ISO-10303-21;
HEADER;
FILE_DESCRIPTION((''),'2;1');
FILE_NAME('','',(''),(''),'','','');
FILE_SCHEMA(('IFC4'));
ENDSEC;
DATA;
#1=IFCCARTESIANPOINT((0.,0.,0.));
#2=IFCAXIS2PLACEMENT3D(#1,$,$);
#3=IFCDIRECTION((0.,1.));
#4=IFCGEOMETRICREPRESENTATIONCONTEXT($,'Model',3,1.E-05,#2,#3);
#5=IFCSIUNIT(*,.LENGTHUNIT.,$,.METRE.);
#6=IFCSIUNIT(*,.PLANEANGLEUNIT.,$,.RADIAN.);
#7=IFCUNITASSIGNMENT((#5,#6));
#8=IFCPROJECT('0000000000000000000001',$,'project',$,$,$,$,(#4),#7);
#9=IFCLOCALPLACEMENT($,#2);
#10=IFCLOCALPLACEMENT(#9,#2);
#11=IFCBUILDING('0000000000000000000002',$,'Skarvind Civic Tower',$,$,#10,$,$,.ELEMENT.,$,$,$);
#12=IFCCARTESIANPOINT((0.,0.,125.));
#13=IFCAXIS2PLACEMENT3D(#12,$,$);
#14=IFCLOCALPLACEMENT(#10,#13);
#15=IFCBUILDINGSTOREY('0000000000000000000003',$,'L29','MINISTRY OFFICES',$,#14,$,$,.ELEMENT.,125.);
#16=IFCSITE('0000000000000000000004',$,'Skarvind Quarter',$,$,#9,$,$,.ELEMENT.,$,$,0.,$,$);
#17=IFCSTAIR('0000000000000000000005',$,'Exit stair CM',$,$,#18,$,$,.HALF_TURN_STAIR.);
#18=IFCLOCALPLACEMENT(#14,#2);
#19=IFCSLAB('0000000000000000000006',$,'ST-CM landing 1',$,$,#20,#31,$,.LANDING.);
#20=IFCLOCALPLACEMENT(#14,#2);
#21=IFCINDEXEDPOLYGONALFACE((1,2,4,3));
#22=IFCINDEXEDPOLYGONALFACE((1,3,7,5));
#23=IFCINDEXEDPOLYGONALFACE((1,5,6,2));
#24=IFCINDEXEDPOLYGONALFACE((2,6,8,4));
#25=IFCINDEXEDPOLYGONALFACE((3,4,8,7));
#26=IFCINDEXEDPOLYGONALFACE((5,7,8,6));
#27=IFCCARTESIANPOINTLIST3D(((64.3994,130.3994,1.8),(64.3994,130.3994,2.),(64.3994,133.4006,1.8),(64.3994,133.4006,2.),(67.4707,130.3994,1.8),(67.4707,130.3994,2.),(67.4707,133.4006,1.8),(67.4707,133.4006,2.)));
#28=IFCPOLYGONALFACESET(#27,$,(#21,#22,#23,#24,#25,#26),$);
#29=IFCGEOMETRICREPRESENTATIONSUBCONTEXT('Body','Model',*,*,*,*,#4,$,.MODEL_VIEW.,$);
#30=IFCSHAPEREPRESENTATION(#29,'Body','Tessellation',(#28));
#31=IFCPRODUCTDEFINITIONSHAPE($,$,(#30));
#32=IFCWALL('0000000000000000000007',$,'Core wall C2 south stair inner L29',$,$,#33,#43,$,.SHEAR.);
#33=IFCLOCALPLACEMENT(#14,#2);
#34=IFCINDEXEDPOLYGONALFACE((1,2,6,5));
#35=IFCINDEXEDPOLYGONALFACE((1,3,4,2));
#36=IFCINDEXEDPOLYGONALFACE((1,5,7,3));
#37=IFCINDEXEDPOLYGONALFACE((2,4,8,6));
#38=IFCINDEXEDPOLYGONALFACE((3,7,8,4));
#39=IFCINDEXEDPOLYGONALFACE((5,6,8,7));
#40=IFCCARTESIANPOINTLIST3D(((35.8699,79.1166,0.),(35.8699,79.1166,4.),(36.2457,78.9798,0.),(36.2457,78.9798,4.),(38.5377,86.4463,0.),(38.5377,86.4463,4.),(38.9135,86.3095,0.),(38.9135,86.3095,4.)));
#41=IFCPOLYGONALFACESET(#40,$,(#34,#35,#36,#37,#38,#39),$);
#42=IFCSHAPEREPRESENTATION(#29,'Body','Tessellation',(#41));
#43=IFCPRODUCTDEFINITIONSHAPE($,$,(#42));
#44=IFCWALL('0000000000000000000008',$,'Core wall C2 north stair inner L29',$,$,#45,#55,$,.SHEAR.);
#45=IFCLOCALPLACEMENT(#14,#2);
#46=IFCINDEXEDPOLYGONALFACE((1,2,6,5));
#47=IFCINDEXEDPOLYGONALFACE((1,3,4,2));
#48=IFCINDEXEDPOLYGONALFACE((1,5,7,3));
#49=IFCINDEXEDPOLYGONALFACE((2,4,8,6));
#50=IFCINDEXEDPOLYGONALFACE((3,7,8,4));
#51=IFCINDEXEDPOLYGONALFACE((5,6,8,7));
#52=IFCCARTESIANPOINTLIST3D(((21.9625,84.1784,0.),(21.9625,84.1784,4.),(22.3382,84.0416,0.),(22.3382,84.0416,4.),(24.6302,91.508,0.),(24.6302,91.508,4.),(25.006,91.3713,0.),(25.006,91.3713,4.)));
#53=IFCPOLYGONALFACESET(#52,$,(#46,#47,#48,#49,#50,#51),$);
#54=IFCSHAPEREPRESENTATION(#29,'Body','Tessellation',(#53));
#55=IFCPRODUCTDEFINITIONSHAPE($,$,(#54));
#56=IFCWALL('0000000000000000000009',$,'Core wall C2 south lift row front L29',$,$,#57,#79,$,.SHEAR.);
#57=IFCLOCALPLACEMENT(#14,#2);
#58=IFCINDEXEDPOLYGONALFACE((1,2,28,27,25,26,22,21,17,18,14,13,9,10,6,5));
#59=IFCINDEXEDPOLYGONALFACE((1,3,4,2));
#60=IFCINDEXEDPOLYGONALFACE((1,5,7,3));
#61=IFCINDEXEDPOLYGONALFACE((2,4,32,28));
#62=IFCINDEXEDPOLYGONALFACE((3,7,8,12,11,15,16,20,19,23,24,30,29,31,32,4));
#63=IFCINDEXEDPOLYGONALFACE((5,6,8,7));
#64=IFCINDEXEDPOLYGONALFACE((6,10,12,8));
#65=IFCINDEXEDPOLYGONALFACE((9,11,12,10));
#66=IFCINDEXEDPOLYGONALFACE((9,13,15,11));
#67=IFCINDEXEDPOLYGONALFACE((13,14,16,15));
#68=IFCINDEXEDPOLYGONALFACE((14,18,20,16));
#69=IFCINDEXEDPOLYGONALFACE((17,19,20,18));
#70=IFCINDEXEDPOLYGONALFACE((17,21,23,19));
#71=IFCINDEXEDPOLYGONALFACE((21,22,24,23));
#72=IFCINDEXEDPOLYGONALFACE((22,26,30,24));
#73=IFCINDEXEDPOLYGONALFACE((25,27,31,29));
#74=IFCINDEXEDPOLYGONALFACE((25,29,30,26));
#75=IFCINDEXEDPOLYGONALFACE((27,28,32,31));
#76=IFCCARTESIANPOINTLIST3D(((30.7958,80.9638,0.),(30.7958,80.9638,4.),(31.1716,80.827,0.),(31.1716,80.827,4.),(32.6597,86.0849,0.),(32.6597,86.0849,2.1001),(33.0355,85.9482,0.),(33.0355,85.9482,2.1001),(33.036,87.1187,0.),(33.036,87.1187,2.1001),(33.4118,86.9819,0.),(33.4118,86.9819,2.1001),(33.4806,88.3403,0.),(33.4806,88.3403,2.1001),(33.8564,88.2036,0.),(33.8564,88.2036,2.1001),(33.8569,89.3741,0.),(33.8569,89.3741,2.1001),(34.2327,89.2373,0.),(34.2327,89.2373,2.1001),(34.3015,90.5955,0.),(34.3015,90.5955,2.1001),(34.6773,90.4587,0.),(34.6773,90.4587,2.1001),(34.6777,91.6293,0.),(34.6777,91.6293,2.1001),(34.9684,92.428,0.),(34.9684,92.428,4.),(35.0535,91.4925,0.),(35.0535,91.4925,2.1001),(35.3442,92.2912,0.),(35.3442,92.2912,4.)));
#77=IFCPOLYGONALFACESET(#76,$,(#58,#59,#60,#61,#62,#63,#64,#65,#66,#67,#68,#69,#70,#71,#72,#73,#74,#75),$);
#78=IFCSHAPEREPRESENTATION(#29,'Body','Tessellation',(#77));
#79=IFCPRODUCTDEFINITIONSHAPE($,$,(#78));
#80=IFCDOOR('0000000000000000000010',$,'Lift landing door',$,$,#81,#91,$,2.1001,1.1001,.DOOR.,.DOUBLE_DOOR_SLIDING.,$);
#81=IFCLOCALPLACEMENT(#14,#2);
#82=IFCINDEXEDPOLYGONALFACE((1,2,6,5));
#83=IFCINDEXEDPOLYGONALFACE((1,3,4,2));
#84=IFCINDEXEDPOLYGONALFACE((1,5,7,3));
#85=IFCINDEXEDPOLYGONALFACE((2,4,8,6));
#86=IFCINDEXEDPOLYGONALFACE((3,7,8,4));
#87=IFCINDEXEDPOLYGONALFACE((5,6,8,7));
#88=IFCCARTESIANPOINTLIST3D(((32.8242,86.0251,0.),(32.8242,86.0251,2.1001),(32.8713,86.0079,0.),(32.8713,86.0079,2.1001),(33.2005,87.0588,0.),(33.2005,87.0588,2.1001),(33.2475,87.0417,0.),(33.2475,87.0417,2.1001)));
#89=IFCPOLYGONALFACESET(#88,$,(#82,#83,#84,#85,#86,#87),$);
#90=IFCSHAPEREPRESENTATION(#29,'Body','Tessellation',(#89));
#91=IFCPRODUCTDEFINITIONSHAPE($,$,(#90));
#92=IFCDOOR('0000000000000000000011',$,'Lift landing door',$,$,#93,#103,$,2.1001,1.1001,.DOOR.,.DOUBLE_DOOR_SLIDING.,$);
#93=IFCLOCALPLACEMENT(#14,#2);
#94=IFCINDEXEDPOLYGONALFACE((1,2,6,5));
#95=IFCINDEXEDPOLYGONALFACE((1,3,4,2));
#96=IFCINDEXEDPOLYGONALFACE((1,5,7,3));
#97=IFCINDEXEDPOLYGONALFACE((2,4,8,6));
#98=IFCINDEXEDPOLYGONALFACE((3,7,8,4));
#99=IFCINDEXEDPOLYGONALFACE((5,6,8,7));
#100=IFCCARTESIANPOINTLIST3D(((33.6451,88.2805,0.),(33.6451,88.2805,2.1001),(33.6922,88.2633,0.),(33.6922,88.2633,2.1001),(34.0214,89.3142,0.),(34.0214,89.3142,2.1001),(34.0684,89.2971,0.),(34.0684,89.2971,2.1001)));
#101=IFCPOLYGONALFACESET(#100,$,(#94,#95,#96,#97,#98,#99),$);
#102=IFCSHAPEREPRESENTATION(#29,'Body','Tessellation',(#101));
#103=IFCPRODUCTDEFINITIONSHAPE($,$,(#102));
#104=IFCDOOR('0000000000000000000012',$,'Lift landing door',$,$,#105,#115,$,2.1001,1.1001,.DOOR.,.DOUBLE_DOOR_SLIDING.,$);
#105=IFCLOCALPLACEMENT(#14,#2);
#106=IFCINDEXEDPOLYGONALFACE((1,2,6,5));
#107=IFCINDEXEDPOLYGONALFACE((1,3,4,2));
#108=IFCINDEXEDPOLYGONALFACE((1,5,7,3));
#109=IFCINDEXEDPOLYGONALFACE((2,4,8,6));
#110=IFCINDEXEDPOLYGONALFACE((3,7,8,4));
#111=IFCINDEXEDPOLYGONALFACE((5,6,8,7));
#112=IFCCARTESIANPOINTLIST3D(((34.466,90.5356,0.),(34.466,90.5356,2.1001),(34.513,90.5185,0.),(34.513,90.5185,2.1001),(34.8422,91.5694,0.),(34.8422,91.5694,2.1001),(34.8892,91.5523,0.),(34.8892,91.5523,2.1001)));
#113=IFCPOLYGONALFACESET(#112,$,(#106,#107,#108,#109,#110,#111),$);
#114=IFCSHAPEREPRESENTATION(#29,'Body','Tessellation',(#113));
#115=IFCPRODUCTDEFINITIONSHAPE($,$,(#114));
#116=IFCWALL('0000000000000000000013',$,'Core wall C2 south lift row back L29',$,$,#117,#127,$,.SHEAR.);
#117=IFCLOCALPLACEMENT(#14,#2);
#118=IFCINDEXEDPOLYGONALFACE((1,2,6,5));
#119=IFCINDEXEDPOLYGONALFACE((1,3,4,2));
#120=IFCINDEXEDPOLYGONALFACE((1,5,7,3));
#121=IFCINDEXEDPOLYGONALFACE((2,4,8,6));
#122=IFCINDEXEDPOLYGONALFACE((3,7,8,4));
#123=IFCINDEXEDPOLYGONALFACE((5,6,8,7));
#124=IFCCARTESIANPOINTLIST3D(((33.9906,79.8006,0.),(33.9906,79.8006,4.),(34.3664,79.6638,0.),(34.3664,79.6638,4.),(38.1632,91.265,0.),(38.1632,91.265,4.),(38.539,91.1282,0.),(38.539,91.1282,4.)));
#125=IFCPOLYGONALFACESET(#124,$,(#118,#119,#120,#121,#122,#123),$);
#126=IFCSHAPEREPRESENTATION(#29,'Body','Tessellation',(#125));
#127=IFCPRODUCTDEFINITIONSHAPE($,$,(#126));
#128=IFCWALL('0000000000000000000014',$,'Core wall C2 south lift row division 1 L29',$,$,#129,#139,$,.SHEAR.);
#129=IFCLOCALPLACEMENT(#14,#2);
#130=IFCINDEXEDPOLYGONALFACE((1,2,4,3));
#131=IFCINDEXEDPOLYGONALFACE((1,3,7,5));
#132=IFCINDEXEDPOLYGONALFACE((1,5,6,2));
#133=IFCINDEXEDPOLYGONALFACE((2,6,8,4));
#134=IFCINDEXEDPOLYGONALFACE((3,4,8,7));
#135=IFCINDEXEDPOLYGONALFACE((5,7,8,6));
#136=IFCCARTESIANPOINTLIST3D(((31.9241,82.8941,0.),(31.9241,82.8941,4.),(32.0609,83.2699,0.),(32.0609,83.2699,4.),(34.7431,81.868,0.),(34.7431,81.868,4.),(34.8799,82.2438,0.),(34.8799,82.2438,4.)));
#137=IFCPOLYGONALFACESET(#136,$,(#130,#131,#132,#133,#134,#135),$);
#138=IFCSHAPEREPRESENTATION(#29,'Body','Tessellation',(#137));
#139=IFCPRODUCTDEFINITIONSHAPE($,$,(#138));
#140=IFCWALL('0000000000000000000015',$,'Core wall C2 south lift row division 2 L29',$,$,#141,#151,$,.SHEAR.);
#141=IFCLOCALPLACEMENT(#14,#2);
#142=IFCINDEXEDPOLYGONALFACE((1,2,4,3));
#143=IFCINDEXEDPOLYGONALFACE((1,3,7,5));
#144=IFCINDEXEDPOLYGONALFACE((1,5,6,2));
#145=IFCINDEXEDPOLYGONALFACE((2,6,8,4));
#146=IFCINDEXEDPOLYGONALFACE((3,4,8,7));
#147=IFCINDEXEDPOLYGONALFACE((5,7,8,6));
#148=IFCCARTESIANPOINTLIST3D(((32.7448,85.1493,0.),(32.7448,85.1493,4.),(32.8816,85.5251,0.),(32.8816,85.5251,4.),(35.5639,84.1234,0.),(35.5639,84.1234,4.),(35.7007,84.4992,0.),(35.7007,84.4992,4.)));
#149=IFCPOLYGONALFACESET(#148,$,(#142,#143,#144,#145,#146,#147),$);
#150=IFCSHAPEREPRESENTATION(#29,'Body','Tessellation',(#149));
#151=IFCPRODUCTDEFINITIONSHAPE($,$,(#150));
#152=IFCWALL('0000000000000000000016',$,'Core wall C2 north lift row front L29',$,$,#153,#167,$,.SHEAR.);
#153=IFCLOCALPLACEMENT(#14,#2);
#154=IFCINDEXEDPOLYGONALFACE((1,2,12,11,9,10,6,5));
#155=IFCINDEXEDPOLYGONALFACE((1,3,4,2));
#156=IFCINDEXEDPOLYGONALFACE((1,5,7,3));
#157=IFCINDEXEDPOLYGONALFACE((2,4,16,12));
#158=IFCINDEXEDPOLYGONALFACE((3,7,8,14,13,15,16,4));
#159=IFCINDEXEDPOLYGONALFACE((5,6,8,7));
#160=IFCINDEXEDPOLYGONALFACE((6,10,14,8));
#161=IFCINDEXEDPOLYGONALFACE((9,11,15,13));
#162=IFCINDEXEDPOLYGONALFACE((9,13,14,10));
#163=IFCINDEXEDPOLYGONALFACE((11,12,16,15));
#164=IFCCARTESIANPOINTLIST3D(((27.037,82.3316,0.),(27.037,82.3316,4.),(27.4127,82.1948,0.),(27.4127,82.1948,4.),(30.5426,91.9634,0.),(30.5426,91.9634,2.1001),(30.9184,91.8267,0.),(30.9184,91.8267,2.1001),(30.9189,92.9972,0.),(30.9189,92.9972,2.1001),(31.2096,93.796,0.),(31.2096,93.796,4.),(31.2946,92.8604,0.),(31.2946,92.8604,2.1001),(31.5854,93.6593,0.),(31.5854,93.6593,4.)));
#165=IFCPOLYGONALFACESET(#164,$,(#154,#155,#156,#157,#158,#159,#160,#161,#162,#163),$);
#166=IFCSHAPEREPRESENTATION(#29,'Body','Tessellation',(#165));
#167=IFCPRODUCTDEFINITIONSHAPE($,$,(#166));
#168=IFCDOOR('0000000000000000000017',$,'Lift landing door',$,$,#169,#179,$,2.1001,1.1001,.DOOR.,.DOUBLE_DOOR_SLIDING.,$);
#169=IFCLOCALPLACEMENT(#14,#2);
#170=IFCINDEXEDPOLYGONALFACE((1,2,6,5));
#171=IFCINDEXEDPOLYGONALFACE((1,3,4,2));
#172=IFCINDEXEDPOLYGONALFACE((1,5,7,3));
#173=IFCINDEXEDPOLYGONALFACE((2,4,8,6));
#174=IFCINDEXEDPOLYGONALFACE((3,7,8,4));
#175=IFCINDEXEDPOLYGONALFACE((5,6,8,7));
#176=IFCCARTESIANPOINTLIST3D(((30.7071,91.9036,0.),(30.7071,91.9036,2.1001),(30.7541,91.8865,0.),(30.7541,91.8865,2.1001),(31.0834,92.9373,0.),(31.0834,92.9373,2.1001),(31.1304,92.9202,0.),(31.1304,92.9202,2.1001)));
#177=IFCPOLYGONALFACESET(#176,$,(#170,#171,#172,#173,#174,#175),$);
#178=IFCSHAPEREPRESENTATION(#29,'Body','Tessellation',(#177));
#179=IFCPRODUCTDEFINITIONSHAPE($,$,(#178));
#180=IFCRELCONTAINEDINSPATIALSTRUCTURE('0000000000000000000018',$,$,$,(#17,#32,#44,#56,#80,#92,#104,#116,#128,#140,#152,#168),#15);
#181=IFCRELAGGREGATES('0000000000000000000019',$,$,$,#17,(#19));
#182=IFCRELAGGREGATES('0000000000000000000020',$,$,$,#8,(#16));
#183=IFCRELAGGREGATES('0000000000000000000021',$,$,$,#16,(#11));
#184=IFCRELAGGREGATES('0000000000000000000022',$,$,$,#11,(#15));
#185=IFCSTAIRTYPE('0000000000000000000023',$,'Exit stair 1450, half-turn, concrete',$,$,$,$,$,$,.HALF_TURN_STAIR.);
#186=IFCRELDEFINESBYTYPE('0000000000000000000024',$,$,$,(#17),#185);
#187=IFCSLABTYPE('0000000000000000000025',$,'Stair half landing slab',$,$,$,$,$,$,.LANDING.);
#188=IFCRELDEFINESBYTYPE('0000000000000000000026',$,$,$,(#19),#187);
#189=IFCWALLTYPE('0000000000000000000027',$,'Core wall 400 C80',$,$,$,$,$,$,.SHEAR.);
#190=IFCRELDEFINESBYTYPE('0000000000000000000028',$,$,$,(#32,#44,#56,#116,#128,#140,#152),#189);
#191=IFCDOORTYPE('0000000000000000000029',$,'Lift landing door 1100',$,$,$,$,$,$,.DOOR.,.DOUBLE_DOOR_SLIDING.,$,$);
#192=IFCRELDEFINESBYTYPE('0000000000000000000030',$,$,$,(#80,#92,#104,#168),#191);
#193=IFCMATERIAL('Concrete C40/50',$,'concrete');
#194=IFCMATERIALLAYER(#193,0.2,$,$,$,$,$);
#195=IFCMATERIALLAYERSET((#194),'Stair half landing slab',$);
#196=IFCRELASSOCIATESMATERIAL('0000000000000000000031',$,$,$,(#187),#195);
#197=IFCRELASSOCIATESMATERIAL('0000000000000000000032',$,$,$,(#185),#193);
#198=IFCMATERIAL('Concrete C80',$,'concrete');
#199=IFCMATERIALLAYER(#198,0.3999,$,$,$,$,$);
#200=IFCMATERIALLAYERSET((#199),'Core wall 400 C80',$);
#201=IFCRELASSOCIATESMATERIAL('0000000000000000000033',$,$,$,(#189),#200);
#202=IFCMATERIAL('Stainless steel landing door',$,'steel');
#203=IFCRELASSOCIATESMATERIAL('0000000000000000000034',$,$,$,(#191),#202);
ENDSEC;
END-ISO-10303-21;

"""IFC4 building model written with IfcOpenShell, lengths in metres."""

from ifc_helpers import new_model, si_unit, direction, frame, frame_2d, origin, place, context, subcontext, project, spatial, polyline, rectangle, outline, extrude, material, layer, layer_set, type_object, element, fill, aggregate, save


model = new_model("IFC4")

# Units and contexts
model_context = context("Model", 3, precision=1e-05, world=origin(), true_north=direction((0.0, 1.0)))
body_context = subcontext(model_context, "Body", "Model", "MODEL_VIEW")
ifc_project = project(units=[si_unit("LENGTHUNIT", "METRE"), si_unit("PLANEANGLEUNIT", "RADIAN")], contexts=[model_context])

# Site, building, storey
site_placement = place(None, origin())
site = spatial("IfcSite", under=ifc_project, at=site_placement, Name="Skarvind Quarter", CompositionType="ELEMENT", RefElevation=0.0)
building_placement = place(site_placement, origin())
building = spatial("IfcBuilding", under=site, at=building_placement, Name="Skarvind Civic Tower", CompositionType="ELEMENT")
storey_placement = place(building_placement, frame((0.0, 0.0, 125.0)))
storey = spatial("IfcBuildingStorey", under=building, at=storey_placement, Name="L29", Description="MINISTRY OFFICES", CompositionType="ELEMENT", Elevation=125.0)

# Shared definitions
ifc_material_1 = material(Name="Concrete C40/50", Category="concrete")

# Stair, slab
ifc_layer_1 = layer(ifc_material_1, 0.2)
ifc_layer_set_1 = layer_set([ifc_layer_1], Name="Stair half landing slab")
slab_type_1 = type_object("IfcSlabType", Name="Stair half landing slab", PredefinedType="LANDING", material=ifc_layer_set_1)
stair_type_1 = type_object("IfcStairType", Name="Exit stair 1450, half-turn, concrete", PredefinedType="HALF_TURN_STAIR", material=ifc_material_1)
stair_1_placement = place(storey_placement, origin())
stair_1 = element("IfcStair", 1, at=stair_1_placement, inside=storey, type_object=stair_type_1, Name="Exit stair CM", PredefinedType="HALF_TURN_STAIR")
slab_1_placement = place(storey_placement, frame((0.0, 0.0, 1.8)))
slab_1 = element("IfcSlab", 2, at=slab_1_placement, type_object=slab_type_1, Name="ST-CM landing 1", PredefinedType="LANDING", context=body_context, shape_type="SweptSolid", body=[
    extrude(outline(polyline([(67.4707, 133.4006), (67.4707, 130.3994), (64.3994, 130.3994), (64.3994, 133.4006), (67.4707, 133.4006)])), origin(), (0.0, 0.0, 1.0), 0.2),
])
aggregate(stair_1, [slab_1])

# Walls
ifc_material_2 = material(Name="Concrete C80", Category="concrete")
ifc_layer_2 = layer(ifc_material_2, 0.3999)
ifc_layer_set_2 = layer_set([ifc_layer_2], Name="Core wall 400 C80")
wall_type_1 = type_object("IfcWallType", Name="Core wall 400 C80", PredefinedType="SHEAR", material=ifc_layer_set_2)
for number, where, z_axis, x_axis, name in (
    (3, (36.0579, 79.0483, 0.0), (0.0, 0.0, 1.0), (0.342017, 0.939694, 0.0), "Core wall C2 south stair inner L29"),
    (4, (22.1504, 84.1101, 0.0), (0.0, 0.0, 1.0), (0.342017, 0.939694, 0.0), "Core wall C2 north stair inner L29"),
):
    element("IfcWall", number, at=place(storey_placement, frame(where, z_axis=z_axis, x_axis=x_axis)), inside=storey, type_object=wall_type_1, Name=name, PredefinedType="SHEAR", context=body_context, shape_type="SweptSolid", body=[
        extrude(rectangle(XDim=7.8, YDim=0.3999, at=frame_2d((3.8999, 0.0))), origin(), (0.0, 0.0, 1.0), 4.0),
    ])

# Wall, openings, doors
wall_1_placement = place(storey_placement, frame((30.9836, 80.8953, 0.0), z_axis=(0.0, 0.0, 1.0), x_axis=(0.342021, 0.939692, 0.0)))
wall_1 = element("IfcWall", 5, at=wall_1_placement, inside=storey, type_object=wall_type_1, Name="Core wall C2 south lift row front L29", PredefinedType="SHEAR", context=body_context, shape_type="SweptSolid", body=[
    extrude(rectangle(XDim=12.2, YDim=0.3999, at=frame_2d((6.1001, 0.0))), origin(), (0.0, 0.0, 1.0), 4.0),
])
opening_1_placement = place(wall_1_placement, frame((5.45, 0.0, 0.0)))
opening_1 = element("IfcOpeningElement", 6, at=opening_1_placement, cuts=wall_1, PredefinedType="OPENING", context=body_context, shape_type="SweptSolid", body=[
    extrude(rectangle(XDim=1.1001, YDim=2.1001, at=frame_2d((0.55, 1.05))), frame((0.0, 0.21, 0.0), z_axis=(0.0, -1.0, 0.0), x_axis=(1.0, 0.0, 0.0)), (0.0, 0.0, 1.0), 0.4199),
])
opening_2_placement = place(wall_1_placement, frame((7.8501, 0.0, 0.0)))
opening_2 = element("IfcOpeningElement", 7, at=opening_2_placement, cuts=wall_1, PredefinedType="OPENING", context=body_context, shape_type="SweptSolid", body=[
    extrude(rectangle(XDim=1.1001, YDim=2.1001, at=frame_2d((0.55, 1.05))), frame((0.0, 0.21, 0.0), z_axis=(0.0, -1.0, 0.0), x_axis=(1.0, 0.0, 0.0)), (0.0, 0.0, 1.0), 0.4199),
])
opening_3_placement = place(wall_1_placement, frame((10.25, 0.0, 0.0)))
opening_3 = element("IfcOpeningElement", 8, at=opening_3_placement, cuts=wall_1, PredefinedType="OPENING", context=body_context, shape_type="SweptSolid", body=[
    extrude(rectangle(XDim=1.1001, YDim=2.1001, at=frame_2d((0.55, 1.05))), frame((0.0, 0.21, 0.0), z_axis=(0.0, -1.0, 0.0), x_axis=(1.0, 0.0, 0.0)), (0.0, 0.0, 1.0), 0.4199),
])
ifc_material_3 = material(Name="Stainless steel landing door", Category="steel")
door_type = type_object("IfcDoorType", Name="Lift landing door 1100", OperationType="DOUBLE_DOOR_SLIDING", PredefinedType="DOOR", material=ifc_material_3)
door_1_placement = place(opening_1_placement, origin())
door_1 = element("IfcDoor", 9, at=door_1_placement, inside=storey, type_object=door_type, Name="Lift landing door", OperationType="DOUBLE_DOOR_SLIDING", OverallHeight=2.1001, OverallWidth=1.1001, PredefinedType="DOOR", context=body_context, shape_type="SweptSolid", body=[
    extrude(rectangle(XDim=1.1001, YDim=2.1001, at=frame_2d((0.55, 1.05))), frame((0.0, 0.0249, 0.0), z_axis=(0.0, -1.0, 0.0), x_axis=(1.0, 0.0, 0.0)), (0.0, 0.0, 1.0), 0.05),
])
fill(opening_1, door_1)
door_2_placement = place(opening_2_placement, origin())
door_2 = element("IfcDoor", 10, at=door_2_placement, inside=storey, type_object=door_type, Name="Lift landing door", OperationType="DOUBLE_DOOR_SLIDING", OverallHeight=2.1001, OverallWidth=1.1001, PredefinedType="DOOR", context=body_context, shape_type="SweptSolid", body=[
    extrude(rectangle(XDim=1.1001, YDim=2.1001, at=frame_2d((0.55, 1.05))), frame((0.0, 0.0249, 0.0), z_axis=(0.0, -1.0, 0.0), x_axis=(1.0, 0.0, 0.0)), (0.0, 0.0, 1.0), 0.05),
])
fill(opening_2, door_2)
door_3_placement = place(opening_3_placement, origin())
door_3 = element("IfcDoor", 11, at=door_3_placement, inside=storey, type_object=door_type, Name="Lift landing door", OperationType="DOUBLE_DOOR_SLIDING", OverallHeight=2.1001, OverallWidth=1.1001, PredefinedType="DOOR", context=body_context, shape_type="SweptSolid", body=[
    extrude(rectangle(XDim=1.1001, YDim=2.1001, at=frame_2d((0.55, 1.05))), frame((0.0, 0.0249, 0.0), z_axis=(0.0, -1.0, 0.0), x_axis=(1.0, 0.0, 0.0)), (0.0, 0.0, 1.0), 0.05),
])
fill(opening_3, door_3)

# Walls
wall_2_placement = place(storey_placement, frame((34.1785, 79.7322, 0.0), z_axis=(0.0, 0.0, 1.0), x_axis=(0.342015, 0.939695, 0.0)))
element("IfcWall", 12, at=wall_2_placement, inside=storey, type_object=wall_type_1, Name="Core wall C2 south lift row back L29", PredefinedType="SHEAR", context=body_context, shape_type="SweptSolid", body=[
    extrude(rectangle(XDim=12.2002, YDim=0.3999, at=frame_2d((6.1001, 0.0))), origin(), (0.0, 0.0, 1.0), 4.0),
])
for number, where, z_axis, x_axis, name in (
    (13, (34.8115, 82.0559, 0.0), (0.0, 0.0, 1.0), (-0.939686, 0.342037, 0.0), "Core wall C2 south lift row division 1 L29"),
    (14, (35.6323, 84.3113, 0.0), (0.0, 0.0, 1.0), (-0.939713, 0.341965, 0.0), "Core wall C2 south lift row division 2 L29"),
):
    element("IfcWall", number, at=place(storey_placement, frame(where, z_axis=z_axis, x_axis=x_axis)), inside=storey, type_object=wall_type_1, Name=name, PredefinedType="SHEAR", context=body_context, shape_type="SweptSolid", body=[
        extrude(rectangle(XDim=3.0, YDim=0.3999, at=frame_2d((1.5, 0.0))), origin(), (0.0, 0.0, 1.0), 4.0),
    ])

# Wall, opening, door
wall_3_placement = place(storey_placement, frame((27.2249, 82.2632, 0.0), z_axis=(0.0, 0.0, 1.0), x_axis=(0.342015, 0.939695, 0.0)))
wall_3 = element("IfcWall", 15, at=wall_3_placement, inside=storey, type_object=wall_type_1, Name="Core wall C2 north lift row front L29", PredefinedType="SHEAR", context=body_context, shape_type="SweptSolid", body=[
    extrude(rectangle(XDim=12.2002, YDim=0.3999, at=frame_2d((6.1001, 0.0))), origin(), (0.0, 0.0, 1.0), 4.0),
])
opening_4_placement = place(wall_3_placement, frame((10.25, 0.0, 0.0)))
opening_4 = element("IfcOpeningElement", 16, at=opening_4_placement, cuts=wall_3, PredefinedType="OPENING", context=body_context, shape_type="SweptSolid", body=[
    extrude(rectangle(XDim=1.1001, YDim=2.1001, at=frame_2d((0.55, 1.05))), frame((0.0, 0.21, 0.0), z_axis=(0.0, -1.0, 0.0), x_axis=(1.0, 0.0, 0.0)), (0.0, 0.0, 1.0), 0.4199),
])
door_4_placement = place(opening_4_placement, origin())
door_4 = element("IfcDoor", 17, at=door_4_placement, inside=storey, type_object=door_type, Name="Lift landing door", OperationType="DOUBLE_DOOR_SLIDING", OverallHeight=2.1001, OverallWidth=1.1001, PredefinedType="DOOR", context=body_context, shape_type="SweptSolid", body=[
    extrude(rectangle(XDim=1.1001, YDim=2.1001, at=frame_2d((0.55, 1.05))), frame((0.0, 0.0249, 0.0), z_axis=(0.0, -1.0, 0.0), x_axis=(1.0, 0.0, 0.0)), (0.0, 0.0, 1.0), 0.05),
])
fill(opening_4, door_4)

save(model, "model.ifc")
